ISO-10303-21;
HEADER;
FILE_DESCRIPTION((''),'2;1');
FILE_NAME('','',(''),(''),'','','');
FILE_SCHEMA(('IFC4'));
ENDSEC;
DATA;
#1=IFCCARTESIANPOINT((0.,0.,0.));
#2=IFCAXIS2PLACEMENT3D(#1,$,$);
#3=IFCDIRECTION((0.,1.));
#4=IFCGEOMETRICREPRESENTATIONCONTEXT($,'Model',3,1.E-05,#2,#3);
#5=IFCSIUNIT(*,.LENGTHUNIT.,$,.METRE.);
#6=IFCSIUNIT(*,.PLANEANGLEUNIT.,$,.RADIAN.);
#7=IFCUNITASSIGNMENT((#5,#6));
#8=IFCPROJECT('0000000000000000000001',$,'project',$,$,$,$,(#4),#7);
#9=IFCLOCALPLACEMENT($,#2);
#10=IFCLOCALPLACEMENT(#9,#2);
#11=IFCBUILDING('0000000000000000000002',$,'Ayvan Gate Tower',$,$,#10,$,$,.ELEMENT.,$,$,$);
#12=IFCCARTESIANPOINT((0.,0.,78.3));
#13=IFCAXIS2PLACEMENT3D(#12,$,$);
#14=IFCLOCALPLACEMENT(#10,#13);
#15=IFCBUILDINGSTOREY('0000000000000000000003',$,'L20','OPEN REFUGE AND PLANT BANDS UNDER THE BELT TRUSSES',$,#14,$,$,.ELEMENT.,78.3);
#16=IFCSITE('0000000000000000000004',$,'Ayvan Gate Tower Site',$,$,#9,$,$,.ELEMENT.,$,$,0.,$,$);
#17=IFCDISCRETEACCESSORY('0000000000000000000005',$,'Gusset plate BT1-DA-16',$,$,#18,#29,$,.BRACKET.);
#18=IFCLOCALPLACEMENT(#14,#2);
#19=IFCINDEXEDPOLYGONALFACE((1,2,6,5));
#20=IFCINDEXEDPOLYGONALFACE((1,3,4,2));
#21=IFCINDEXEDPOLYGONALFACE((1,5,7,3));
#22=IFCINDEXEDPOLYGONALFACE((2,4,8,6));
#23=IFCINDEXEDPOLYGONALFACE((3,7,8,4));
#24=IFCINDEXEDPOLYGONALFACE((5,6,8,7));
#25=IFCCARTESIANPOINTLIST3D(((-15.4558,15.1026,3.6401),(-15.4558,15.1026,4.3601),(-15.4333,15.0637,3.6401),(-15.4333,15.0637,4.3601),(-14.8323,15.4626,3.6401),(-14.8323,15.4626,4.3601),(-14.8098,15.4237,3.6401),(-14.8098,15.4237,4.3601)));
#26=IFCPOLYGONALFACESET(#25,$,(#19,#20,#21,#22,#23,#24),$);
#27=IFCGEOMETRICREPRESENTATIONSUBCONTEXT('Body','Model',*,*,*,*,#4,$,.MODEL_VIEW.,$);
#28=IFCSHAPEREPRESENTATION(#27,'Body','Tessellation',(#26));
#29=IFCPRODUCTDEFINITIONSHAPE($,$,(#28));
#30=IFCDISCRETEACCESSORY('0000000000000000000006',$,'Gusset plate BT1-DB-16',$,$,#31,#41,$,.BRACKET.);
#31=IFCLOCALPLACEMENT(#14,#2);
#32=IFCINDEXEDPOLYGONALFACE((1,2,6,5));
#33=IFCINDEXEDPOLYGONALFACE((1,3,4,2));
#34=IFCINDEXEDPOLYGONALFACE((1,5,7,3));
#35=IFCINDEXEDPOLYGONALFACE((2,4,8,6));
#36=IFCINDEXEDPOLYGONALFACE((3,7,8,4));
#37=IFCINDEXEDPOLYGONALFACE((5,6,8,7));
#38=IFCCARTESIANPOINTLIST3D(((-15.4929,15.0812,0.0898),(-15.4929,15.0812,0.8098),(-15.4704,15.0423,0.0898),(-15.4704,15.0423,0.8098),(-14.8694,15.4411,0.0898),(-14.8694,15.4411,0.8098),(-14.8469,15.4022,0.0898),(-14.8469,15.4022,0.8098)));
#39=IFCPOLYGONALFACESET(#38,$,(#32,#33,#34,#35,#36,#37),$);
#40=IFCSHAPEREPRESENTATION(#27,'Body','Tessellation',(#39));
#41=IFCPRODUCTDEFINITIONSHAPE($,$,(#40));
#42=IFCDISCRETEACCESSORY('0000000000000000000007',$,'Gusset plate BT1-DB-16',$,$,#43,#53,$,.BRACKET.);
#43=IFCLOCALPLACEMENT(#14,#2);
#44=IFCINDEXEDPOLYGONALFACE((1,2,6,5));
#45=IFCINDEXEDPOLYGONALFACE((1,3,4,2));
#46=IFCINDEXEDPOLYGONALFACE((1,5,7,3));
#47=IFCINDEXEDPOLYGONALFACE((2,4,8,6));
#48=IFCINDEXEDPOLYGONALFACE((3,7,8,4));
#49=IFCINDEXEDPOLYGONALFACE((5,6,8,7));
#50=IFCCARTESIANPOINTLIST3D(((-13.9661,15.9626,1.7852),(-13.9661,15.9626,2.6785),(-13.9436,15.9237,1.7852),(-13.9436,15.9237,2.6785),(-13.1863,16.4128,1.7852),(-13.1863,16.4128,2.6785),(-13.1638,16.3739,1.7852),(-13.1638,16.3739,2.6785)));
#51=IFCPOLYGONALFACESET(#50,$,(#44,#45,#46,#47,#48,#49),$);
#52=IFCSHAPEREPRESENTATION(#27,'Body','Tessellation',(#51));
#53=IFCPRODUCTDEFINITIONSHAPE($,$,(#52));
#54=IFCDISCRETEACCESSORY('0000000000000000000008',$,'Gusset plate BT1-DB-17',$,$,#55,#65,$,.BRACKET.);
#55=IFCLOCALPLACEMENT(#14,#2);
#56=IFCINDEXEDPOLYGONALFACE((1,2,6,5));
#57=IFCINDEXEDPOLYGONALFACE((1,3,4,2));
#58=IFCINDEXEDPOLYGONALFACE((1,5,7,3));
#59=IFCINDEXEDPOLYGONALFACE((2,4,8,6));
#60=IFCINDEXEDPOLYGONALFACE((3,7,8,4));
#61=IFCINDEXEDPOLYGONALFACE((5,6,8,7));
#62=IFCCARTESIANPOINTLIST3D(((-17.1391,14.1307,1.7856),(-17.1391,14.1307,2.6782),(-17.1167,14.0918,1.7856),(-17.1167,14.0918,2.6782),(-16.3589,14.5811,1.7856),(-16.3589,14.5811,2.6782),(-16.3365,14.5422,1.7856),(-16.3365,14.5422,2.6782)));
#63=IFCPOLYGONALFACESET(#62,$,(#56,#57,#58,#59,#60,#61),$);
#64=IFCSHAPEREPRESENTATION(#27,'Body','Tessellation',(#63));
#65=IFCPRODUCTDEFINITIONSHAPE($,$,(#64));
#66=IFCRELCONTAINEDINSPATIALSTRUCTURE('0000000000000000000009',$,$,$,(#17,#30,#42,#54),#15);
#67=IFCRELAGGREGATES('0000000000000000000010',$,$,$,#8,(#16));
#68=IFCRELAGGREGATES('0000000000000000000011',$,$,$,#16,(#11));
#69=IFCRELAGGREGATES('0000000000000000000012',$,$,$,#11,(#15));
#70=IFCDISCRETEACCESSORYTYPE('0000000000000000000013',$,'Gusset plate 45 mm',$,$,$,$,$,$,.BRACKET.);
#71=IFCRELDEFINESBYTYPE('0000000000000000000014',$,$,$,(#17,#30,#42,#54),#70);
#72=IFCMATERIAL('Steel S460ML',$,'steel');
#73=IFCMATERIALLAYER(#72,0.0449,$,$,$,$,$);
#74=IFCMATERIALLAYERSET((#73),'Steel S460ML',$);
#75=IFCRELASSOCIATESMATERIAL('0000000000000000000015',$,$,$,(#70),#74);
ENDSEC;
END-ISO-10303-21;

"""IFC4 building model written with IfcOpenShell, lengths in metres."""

from ifc_helpers import new_model, si_unit, direction, frame, origin, origin_2d, place, context, subcontext, project, spatial, rectangle, extrude, material, layer, layer_set, type_object, element, save


model = new_model("IFC4")

# Units and contexts
model_context = context("Model", 3, precision=1e-05, world=origin(), true_north=direction((0.0, 1.0)))
body_context = subcontext(model_context, "Body", "Model", "MODEL_VIEW")
ifc_project = project(units=[si_unit("LENGTHUNIT", "METRE"), si_unit("PLANEANGLEUNIT", "RADIAN")], contexts=[model_context])

# Site, building, storey
site_placement = place(None, origin())
site = spatial("IfcSite", under=ifc_project, at=site_placement, Name="Ayvan Gate Tower Site", CompositionType="ELEMENT", RefElevation=0.0)
building_placement = place(site_placement, origin())
building = spatial("IfcBuilding", under=site, at=building_placement, Name="Ayvan Gate Tower", CompositionType="ELEMENT")
storey_placement = place(building_placement, frame((0.0, 0.0, 78.3)))
storey = spatial("IfcBuildingStorey", under=building, at=storey_placement, Name="L20", Description="OPEN REFUGE AND PLANT BANDS UNDER THE BELT TRUSSES", CompositionType="ELEMENT", Elevation=78.3)

# Shared definitions
ifc_material_1 = material(Name="Steel S460ML", Category="steel")

# Discrete accessories
ifc_layer_1 = layer(ifc_material_1, 0.0449)
ifc_layer_set_1 = layer_set([ifc_layer_1], Name="Steel S460ML")
discrete_accessory_type_1 = type_object("IfcDiscreteAccessoryType", Name="Gusset plate 45 mm", PredefinedType="BRACKET", material=ifc_layer_set_1)
for number, where, z_axis, x_axis, name in (
    (1, (-15.1328, 15.2632, 3.6401), (0.0, 0.0, 1.0), (0.866025, 0.5, 0.0), "Gusset plate BT1-DA-16"),
    (2, (-15.1699, 15.2417, 0.0898), (0.0, 0.0, 1.0), (0.866025, 0.5, 0.0), "Gusset plate BT1-DB-16"),
):
    element("IfcDiscreteAccessory", number, at=place(storey_placement, frame(where, z_axis=z_axis, x_axis=x_axis)), inside=storey, type_object=discrete_accessory_type_1, Name=name, PredefinedType="BRACKET", context=body_context, shape_type="SweptSolid", body=[
        extrude(rectangle(XDim=0.72, YDim=0.0449, at=origin_2d()), origin(), (0.0, 0.0, 1.0), 0.72),
    ])
discrete_accessory_1_placement = place(storey_placement, frame((-13.5649, 16.1682, 1.7852), z_axis=(0.0, 0.0, 1.0), x_axis=(0.866025, 0.5, 0.0)))
element("IfcDiscreteAccessory", 3, at=discrete_accessory_1_placement, inside=storey, type_object=discrete_accessory_type_1, Name="Gusset plate BT1-DB-16", PredefinedType="BRACKET", context=body_context, shape_type="SweptSolid", body=[
    extrude(rectangle(XDim=0.9004, YDim=0.0449, at=origin_2d()), origin(), (0.0, 0.0, 1.0), 0.8933),
])
discrete_accessory_2_placement = place(storey_placement, frame((-16.7378, 14.3364, 1.7856), z_axis=(0.0, 0.0, 1.0), x_axis=(0.866025, 0.5, 0.0)))
element("IfcDiscreteAccessory", 4, at=discrete_accessory_2_placement, inside=storey, type_object=discrete_accessory_type_1, Name="Gusset plate BT1-DB-17", PredefinedType="BRACKET", context=body_context, shape_type="SweptSolid", body=[
    extrude(rectangle(XDim=0.9009, YDim=0.0449, at=origin_2d()), origin(), (0.0, 0.0, 1.0), 0.8926),
])

save(model, "model.ifc")
